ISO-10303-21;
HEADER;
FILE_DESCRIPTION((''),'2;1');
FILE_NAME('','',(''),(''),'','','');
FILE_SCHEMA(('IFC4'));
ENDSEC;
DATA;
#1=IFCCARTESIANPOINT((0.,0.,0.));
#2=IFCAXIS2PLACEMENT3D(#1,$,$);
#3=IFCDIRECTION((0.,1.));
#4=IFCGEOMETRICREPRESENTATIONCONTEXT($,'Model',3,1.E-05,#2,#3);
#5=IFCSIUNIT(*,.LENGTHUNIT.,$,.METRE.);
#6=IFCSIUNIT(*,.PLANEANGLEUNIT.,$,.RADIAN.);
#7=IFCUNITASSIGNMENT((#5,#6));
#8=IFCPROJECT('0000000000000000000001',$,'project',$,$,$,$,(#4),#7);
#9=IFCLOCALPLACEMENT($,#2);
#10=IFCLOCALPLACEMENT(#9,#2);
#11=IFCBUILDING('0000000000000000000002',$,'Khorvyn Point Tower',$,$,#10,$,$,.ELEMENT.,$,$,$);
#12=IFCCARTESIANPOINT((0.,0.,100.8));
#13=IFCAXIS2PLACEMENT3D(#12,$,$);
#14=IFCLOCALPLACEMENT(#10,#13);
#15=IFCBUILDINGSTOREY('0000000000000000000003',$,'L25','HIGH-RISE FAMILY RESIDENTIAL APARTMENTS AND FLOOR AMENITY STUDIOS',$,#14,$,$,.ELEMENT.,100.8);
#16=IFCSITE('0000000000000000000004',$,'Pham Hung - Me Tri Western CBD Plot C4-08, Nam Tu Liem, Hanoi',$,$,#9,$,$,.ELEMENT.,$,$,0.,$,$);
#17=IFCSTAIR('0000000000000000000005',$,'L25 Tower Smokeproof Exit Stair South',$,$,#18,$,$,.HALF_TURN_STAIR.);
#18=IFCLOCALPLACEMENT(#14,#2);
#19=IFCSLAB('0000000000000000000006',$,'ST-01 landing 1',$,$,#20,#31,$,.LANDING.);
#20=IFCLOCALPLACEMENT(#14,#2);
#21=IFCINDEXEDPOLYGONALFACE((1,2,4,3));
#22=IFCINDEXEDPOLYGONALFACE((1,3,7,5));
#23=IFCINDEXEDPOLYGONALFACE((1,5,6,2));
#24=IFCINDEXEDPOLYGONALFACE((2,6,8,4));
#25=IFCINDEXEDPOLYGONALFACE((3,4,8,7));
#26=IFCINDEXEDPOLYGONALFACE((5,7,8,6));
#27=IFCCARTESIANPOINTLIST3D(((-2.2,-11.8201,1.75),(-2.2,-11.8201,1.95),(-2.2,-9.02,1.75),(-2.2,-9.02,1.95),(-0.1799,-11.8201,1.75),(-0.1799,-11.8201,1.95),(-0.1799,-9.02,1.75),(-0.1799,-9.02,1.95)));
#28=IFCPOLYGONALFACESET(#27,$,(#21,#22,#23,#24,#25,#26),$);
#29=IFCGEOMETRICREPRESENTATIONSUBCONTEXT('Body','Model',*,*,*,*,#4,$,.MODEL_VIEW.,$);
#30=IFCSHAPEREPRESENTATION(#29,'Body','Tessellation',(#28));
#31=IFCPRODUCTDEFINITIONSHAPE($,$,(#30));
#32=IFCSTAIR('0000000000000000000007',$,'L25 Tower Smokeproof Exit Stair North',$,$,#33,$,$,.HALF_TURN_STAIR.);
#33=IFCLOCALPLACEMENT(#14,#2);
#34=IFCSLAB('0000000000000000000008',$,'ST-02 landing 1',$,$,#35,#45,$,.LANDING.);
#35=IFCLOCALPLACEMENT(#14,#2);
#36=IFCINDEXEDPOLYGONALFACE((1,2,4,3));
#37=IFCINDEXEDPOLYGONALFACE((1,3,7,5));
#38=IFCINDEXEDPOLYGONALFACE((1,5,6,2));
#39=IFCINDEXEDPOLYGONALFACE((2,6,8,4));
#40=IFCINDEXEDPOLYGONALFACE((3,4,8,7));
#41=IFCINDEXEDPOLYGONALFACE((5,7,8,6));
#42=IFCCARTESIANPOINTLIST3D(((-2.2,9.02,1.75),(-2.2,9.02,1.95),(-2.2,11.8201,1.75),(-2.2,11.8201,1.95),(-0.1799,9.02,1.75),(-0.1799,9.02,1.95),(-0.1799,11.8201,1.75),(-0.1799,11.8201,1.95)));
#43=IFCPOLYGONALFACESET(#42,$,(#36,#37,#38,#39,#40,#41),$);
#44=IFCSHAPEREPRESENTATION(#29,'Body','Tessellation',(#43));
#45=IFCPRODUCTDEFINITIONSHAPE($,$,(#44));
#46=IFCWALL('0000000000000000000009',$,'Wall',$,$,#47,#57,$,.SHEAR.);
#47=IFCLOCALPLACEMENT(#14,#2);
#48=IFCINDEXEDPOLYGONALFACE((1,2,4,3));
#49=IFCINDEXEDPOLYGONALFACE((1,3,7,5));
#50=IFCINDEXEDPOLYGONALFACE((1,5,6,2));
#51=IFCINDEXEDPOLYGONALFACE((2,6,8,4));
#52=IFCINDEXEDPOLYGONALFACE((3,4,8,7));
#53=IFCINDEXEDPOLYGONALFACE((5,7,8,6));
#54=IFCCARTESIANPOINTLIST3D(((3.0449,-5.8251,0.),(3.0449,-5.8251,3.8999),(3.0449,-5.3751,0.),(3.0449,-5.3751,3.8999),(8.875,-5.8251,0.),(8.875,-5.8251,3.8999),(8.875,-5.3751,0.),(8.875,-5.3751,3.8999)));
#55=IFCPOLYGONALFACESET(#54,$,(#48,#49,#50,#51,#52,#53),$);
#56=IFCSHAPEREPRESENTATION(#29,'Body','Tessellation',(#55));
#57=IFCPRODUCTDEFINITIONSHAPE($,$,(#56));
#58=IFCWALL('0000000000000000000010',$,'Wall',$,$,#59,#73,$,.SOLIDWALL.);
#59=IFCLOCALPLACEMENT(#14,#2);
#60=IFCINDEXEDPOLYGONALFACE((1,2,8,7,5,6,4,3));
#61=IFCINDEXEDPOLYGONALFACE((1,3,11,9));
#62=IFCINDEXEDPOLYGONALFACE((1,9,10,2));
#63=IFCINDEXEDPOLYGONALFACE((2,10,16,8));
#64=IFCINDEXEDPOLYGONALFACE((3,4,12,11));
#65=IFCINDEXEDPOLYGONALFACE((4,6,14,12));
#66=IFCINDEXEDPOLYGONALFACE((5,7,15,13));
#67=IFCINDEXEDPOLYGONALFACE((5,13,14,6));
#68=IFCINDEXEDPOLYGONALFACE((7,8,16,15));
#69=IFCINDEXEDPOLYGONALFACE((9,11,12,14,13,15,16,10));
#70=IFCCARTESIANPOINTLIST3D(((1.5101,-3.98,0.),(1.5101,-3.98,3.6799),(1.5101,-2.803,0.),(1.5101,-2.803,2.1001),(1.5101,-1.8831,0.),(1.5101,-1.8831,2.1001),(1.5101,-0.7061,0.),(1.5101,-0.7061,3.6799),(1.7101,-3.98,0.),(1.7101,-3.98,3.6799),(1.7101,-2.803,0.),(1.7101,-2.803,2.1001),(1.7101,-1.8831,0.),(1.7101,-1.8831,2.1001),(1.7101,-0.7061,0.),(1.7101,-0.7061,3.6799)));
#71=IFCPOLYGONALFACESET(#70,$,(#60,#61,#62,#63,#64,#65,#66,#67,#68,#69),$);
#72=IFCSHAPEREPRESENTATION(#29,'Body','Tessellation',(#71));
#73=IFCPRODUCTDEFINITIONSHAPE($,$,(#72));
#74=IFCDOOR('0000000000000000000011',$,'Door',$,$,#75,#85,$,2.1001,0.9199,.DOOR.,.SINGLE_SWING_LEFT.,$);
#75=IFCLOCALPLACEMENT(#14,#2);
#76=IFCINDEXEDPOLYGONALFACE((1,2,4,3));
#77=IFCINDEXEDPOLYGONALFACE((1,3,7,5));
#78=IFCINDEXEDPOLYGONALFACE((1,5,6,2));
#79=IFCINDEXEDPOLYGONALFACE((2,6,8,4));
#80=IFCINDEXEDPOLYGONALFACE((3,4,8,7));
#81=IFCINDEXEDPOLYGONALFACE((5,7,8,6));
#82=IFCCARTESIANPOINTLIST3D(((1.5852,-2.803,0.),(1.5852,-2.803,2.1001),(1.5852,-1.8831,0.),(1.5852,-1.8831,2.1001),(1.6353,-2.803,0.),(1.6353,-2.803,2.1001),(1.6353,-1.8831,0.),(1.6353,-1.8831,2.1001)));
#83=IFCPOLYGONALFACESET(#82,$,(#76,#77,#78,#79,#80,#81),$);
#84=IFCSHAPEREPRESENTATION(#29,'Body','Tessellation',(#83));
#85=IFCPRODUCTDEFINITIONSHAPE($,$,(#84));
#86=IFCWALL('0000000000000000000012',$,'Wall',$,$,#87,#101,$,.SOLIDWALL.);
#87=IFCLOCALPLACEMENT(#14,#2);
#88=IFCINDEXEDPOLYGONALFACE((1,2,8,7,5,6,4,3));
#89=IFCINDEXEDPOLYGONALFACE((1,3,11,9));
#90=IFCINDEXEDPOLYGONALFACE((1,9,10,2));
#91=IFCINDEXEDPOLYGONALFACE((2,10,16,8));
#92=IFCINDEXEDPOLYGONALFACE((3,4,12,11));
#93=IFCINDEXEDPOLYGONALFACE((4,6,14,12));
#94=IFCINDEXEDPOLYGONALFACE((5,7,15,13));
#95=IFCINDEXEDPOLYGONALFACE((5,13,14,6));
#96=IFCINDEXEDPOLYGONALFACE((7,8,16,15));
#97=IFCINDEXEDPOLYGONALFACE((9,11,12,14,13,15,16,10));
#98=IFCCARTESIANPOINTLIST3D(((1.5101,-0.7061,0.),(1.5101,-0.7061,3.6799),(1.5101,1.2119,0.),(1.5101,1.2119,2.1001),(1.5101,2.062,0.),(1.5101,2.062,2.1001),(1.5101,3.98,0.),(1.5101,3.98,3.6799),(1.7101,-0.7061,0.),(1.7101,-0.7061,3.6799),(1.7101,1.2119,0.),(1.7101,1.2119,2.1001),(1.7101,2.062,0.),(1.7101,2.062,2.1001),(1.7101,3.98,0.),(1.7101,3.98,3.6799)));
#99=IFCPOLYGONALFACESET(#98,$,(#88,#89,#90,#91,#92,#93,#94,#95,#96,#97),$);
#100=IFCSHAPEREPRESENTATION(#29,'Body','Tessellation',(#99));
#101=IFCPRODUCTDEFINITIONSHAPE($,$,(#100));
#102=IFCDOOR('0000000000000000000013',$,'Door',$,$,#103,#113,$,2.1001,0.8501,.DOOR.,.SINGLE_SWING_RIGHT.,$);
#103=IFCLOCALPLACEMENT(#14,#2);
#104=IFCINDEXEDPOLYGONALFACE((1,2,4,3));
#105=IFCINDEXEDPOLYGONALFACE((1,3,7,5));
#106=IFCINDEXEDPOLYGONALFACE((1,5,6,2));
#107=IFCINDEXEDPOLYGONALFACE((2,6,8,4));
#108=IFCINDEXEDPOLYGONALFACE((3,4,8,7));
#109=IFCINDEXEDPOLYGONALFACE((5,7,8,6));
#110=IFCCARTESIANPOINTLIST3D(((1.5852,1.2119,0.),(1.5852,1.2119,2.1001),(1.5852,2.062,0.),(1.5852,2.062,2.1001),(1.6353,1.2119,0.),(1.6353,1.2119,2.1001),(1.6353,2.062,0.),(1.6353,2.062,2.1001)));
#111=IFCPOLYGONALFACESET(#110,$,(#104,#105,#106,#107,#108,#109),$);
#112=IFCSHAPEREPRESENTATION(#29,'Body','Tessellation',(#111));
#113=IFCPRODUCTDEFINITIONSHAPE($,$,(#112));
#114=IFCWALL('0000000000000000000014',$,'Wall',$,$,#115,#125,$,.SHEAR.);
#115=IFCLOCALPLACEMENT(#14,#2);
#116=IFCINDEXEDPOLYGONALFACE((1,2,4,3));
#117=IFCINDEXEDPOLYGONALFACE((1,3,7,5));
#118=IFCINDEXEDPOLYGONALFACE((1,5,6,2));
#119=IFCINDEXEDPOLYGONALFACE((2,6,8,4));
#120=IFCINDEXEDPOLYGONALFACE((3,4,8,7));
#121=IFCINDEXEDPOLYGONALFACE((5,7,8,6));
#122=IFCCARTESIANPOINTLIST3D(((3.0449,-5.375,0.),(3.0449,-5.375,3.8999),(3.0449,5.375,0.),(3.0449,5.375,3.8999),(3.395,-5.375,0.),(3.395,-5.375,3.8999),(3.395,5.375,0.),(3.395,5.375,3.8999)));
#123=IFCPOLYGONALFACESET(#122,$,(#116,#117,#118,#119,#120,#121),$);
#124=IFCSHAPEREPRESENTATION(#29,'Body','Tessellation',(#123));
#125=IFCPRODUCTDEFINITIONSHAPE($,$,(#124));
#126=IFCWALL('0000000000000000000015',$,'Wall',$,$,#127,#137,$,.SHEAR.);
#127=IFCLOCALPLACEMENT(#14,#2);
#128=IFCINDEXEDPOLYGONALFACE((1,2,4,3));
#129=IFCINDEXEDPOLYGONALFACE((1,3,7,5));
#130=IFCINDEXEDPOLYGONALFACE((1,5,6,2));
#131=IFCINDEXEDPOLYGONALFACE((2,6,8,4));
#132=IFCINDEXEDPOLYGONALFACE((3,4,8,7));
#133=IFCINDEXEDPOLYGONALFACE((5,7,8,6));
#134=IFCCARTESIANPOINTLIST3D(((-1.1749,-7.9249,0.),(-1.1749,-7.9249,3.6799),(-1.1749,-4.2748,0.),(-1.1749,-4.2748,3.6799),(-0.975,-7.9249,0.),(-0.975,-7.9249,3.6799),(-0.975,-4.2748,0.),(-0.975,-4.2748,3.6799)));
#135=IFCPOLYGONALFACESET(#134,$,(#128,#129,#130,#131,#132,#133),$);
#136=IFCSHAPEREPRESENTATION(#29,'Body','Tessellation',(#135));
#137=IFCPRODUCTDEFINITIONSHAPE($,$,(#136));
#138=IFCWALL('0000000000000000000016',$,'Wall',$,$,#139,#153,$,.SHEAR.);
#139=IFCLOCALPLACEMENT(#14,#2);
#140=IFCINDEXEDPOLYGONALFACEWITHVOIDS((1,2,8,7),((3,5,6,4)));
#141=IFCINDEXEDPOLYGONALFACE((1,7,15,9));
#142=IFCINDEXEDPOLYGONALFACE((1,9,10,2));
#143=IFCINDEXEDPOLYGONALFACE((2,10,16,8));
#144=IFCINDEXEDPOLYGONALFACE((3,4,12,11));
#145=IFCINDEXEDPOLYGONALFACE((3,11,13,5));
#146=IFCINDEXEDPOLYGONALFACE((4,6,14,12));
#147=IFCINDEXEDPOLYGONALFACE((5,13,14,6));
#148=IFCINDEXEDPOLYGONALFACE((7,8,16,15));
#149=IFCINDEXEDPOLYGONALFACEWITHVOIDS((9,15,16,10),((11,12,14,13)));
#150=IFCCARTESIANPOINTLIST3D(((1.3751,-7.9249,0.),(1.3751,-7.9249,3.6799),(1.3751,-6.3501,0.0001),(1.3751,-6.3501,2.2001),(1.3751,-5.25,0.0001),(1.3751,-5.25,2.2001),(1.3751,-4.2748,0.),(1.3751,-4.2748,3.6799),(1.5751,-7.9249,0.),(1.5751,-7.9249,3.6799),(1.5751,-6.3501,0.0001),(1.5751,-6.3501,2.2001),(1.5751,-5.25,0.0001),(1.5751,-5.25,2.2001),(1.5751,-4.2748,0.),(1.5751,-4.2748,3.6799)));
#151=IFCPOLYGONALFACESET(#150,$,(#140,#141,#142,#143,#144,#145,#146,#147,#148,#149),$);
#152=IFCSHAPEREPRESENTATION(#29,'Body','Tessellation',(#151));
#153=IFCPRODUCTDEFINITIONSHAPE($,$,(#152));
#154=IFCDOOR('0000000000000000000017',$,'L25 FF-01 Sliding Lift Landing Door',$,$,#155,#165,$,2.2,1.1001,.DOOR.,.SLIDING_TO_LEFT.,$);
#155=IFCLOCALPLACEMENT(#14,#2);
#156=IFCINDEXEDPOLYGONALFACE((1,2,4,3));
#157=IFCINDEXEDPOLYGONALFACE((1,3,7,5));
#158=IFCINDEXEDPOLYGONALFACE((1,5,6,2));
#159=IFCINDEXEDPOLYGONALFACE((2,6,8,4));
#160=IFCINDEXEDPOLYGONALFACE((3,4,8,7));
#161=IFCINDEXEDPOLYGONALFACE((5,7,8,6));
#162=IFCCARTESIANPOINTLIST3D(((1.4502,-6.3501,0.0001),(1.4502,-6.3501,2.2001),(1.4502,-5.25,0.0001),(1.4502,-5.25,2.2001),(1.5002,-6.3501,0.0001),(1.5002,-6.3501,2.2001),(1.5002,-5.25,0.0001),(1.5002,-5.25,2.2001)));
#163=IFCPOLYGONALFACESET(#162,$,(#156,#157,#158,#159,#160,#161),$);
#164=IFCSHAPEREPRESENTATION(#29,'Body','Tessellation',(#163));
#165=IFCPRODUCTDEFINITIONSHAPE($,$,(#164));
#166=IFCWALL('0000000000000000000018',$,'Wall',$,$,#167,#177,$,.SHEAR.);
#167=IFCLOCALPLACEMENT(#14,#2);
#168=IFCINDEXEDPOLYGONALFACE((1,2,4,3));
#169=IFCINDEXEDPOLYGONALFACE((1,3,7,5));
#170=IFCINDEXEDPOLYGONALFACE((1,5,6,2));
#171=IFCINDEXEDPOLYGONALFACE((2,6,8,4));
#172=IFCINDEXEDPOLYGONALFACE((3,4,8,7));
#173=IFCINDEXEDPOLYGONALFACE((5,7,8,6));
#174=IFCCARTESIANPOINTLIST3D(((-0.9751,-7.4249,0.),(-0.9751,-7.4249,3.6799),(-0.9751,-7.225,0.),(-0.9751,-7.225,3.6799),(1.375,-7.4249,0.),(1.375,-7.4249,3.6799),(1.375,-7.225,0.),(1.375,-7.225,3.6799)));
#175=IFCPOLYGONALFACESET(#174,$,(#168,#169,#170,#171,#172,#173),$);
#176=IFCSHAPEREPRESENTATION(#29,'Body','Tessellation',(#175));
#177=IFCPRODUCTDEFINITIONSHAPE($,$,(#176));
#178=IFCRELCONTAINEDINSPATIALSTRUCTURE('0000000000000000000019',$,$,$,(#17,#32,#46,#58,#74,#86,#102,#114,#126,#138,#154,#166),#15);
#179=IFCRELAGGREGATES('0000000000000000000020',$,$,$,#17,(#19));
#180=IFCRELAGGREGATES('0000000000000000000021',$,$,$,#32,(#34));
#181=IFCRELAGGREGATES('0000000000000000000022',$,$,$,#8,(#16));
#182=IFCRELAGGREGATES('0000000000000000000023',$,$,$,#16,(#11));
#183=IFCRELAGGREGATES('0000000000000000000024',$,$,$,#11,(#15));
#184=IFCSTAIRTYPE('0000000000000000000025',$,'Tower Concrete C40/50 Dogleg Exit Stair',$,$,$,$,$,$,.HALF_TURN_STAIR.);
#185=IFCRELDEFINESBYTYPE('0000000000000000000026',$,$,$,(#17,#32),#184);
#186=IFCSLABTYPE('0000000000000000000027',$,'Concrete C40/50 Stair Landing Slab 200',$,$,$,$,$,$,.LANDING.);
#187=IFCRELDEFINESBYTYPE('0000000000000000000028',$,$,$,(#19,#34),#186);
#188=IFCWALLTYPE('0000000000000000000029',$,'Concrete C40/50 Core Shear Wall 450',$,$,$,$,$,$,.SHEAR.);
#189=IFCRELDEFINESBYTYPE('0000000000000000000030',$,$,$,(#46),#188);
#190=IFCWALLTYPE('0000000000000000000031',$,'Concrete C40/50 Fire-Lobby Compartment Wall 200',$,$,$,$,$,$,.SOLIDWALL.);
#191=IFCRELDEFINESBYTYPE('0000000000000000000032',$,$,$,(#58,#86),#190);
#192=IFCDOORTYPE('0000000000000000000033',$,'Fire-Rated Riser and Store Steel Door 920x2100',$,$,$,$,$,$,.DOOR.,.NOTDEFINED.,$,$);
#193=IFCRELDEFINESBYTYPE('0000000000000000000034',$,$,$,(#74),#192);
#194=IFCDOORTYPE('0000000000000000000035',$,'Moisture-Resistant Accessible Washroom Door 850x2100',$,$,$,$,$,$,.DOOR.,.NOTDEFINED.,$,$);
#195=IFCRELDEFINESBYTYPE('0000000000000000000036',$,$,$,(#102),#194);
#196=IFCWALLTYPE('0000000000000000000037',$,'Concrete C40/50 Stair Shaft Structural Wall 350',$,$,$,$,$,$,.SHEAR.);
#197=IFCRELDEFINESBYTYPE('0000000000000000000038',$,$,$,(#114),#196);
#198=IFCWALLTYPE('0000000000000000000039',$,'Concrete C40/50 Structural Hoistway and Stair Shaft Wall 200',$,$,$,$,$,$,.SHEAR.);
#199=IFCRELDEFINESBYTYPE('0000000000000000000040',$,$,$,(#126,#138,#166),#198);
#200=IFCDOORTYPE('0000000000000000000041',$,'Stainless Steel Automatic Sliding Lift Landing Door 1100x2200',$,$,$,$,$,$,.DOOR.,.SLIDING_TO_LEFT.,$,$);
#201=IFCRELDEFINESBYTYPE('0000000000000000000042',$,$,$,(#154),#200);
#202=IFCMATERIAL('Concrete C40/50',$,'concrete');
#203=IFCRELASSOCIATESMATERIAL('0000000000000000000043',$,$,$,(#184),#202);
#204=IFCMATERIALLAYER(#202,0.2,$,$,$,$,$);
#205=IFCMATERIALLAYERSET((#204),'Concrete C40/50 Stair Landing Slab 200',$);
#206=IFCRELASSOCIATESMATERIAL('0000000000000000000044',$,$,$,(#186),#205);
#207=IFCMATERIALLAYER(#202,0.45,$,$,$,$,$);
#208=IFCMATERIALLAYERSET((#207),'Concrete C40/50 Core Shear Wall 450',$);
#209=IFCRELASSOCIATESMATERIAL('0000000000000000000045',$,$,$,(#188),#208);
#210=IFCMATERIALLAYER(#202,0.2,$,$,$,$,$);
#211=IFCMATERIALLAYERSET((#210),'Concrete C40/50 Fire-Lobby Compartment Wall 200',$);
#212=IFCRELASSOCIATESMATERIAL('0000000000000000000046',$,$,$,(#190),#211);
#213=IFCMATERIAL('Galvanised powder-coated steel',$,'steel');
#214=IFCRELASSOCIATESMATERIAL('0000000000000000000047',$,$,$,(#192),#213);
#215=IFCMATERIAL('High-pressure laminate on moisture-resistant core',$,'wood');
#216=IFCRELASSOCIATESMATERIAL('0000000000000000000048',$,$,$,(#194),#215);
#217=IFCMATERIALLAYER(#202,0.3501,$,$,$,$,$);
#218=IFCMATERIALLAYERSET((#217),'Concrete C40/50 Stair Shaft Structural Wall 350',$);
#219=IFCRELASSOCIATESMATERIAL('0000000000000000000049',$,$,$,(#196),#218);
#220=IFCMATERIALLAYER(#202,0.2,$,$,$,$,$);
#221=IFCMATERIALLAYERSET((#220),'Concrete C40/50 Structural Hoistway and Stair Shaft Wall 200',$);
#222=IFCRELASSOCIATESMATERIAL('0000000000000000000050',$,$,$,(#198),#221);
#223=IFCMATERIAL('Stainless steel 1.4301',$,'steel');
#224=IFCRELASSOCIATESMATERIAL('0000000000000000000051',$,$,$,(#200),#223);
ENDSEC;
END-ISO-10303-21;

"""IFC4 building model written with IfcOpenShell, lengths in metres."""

from ifc_helpers import new_model, si_unit, direction, frame, frame_2d, origin, place, context, subcontext, project, spatial, polyline, rectangle, outline, extrude, material, layer, layer_set, type_object, element, fill, aggregate, save


model = new_model("IFC4")

# Units and contexts
model_context = context("Model", 3, precision=1e-05, world=origin(), true_north=direction((0.0, 1.0)))
body_context = subcontext(model_context, "Body", "Model", "MODEL_VIEW")
ifc_project = project(units=[si_unit("LENGTHUNIT", "METRE"), si_unit("PLANEANGLEUNIT", "RADIAN")], contexts=[model_context])

# Site, building, storey
site_placement = place(None, origin())
site = spatial("IfcSite", under=ifc_project, at=site_placement, Name="Pham Hung - Me Tri Western CBD Plot C4-08, Nam Tu Liem, Hanoi", CompositionType="ELEMENT", RefElevation=0.0)
building_placement = place(site_placement, origin())
building = spatial("IfcBuilding", under=site, at=building_placement, Name="Khorvyn Point Tower", CompositionType="ELEMENT")
storey_placement = place(building_placement, frame((0.0, 0.0, 100.8)))
storey = spatial("IfcBuildingStorey", under=building, at=storey_placement, Name="L25", Description="HIGH-RISE FAMILY RESIDENTIAL APARTMENTS AND FLOOR AMENITY STUDIOS", CompositionType="ELEMENT", Elevation=100.8)

# Shared definitions
ifc_material_1 = material(Name="Concrete C40/50", Category="concrete")

# Stairs, slabs
stair_type = type_object("IfcStairType", Name="Tower Concrete C40/50 Dogleg Exit Stair", PredefinedType="HALF_TURN_STAIR", material=ifc_material_1)
stair_1_placement = place(storey_placement, origin())
stair_1 = element("IfcStair", 1, at=stair_1_placement, inside=storey, type_object=stair_type, Name="L25 Tower Smokeproof Exit Stair South", PredefinedType="HALF_TURN_STAIR")
ifc_layer_1 = layer(ifc_material_1, 0.2)
ifc_layer_set_1 = layer_set([ifc_layer_1], Name="Concrete C40/50 Stair Landing Slab 200")
slab_type_1 = type_object("IfcSlabType", Name="Concrete C40/50 Stair Landing Slab 200", PredefinedType="LANDING", material=ifc_layer_set_1)
slab_1_placement = place(storey_placement, frame((0.0, 0.0, 1.75)))
slab_1 = element("IfcSlab", 2, at=slab_1_placement, type_object=slab_type_1, Name="ST-01 landing 1", PredefinedType="LANDING", context=body_context, shape_type="SweptSolid", body=[
    extrude(outline(polyline([(-0.1799, -9.02), (-2.2, -9.02), (-2.2, -11.8201), (-0.1799, -11.8201), (-0.1799, -9.02)])), origin(), (0.0, 0.0, 1.0), 0.2),
])
aggregate(stair_1, [slab_1])
stair_2_placement = place(storey_placement, origin())
stair_2 = element("IfcStair", 3, at=stair_2_placement, inside=storey, type_object=stair_type, Name="L25 Tower Smokeproof Exit Stair North", PredefinedType="HALF_TURN_STAIR")
slab_2_placement = place(storey_placement, frame((0.0, 0.0, 1.75)))
slab_2 = element("IfcSlab", 4, at=slab_2_placement, type_object=slab_type_1, Name="ST-02 landing 1", PredefinedType="LANDING", context=body_context, shape_type="SweptSolid", body=[
    extrude(outline(polyline([(-0.1799, 11.8201), (-2.2, 11.8201), (-2.2, 9.02), (-0.1799, 9.02), (-0.1799, 11.8201)])), origin(), (0.0, 0.0, 1.0), 0.2),
])
aggregate(stair_2, [slab_2])

# Wall
ifc_layer_2 = layer(ifc_material_1, 0.45)
ifc_layer_set_2 = layer_set([ifc_layer_2], Name="Concrete C40/50 Core Shear Wall 450")
wall_type_1 = type_object("IfcWallType", Name="Concrete C40/50 Core Shear Wall 450", PredefinedType="SHEAR", material=ifc_layer_set_2)
wall_1_placement = place(storey_placement, frame((3.0449, -5.6001, 0.0), z_axis=(0.0, 0.0, 1.0), x_axis=(1.0, 0.0, 0.0)))
element("IfcWall", 5, at=wall_1_placement, inside=storey, type_object=wall_type_1, Name="Wall", PredefinedType="SHEAR", context=body_context, shape_type="SweptSolid", body=[
    extrude(rectangle(XDim=5.8301, YDim=0.45, at=frame_2d((2.915, 0.0))), origin(), (0.0, 0.0, 1.0), 3.8999),
])

# Walls, openings, doors
ifc_layer_3 = layer(ifc_material_1, 0.2)
ifc_layer_set_3 = layer_set([ifc_layer_3], Name="Concrete C40/50 Fire-Lobby Compartment Wall 200")
wall_type_2 = type_object("IfcWallType", Name="Concrete C40/50 Fire-Lobby Compartment Wall 200", PredefinedType="SOLIDWALL", material=ifc_layer_set_3)
ifc_material_2 = material(Name="Galvanised powder-coated steel", Category="steel")
wall_2_placement = place(storey_placement, frame((1.6101, -3.98, 0.0), z_axis=(0.0, 0.0, 1.0), x_axis=(0.0, 1.0, 0.0)))
wall_2 = element("IfcWall", 6, at=wall_2_placement, inside=storey, type_object=wall_type_2, Name="Wall", PredefinedType="SOLIDWALL", context=body_context, shape_type="SweptSolid", body=[
    extrude(rectangle(XDim=3.2739, YDim=0.2, at=frame_2d((1.637, 0.0))), origin(), (0.0, 0.0, 1.0), 3.6799),
])
opening_1_placement = place(wall_2_placement, frame((1.177, 0.0, 0.0)))
opening_1 = element("IfcOpeningElement", 7, at=opening_1_placement, cuts=wall_2, PredefinedType="OPENING", context=body_context, shape_type="SweptSolid", body=[
    extrude(rectangle(XDim=0.9199, YDim=2.1001, at=frame_2d((0.46, 1.05))), frame((0.0, 0.1099, 0.0), z_axis=(0.0, -1.0, 0.0), x_axis=(1.0, 0.0, 0.0)), (0.0, 0.0, 1.0), 0.22),
])
door_type_1 = type_object("IfcDoorType", Name="Fire-Rated Riser and Store Steel Door 920x2100", OperationType="NOTDEFINED", PredefinedType="DOOR", material=ifc_material_2)
door_1_placement = place(opening_1_placement, origin())
door_1 = element("IfcDoor", 8, at=door_1_placement, inside=storey, type_object=door_type_1, Name="Door", OperationType="SINGLE_SWING_LEFT", OverallHeight=2.1001, OverallWidth=0.9199, PredefinedType="DOOR", context=body_context, shape_type="SweptSolid", body=[
    extrude(rectangle(XDim=0.9199, YDim=2.1001, at=frame_2d((0.46, 1.05))), frame((0.0, 0.0249, 0.0), z_axis=(0.0, -1.0, 0.0), x_axis=(1.0, 0.0, 0.0)), (0.0, 0.0, 1.0), 0.05),
])
fill(opening_1, door_1)
wall_3_placement = place(storey_placement, frame((1.6101, -0.7061, 0.0), z_axis=(0.0, 0.0, 1.0), x_axis=(0.0, 1.0, 0.0)))
wall_3 = element("IfcWall", 9, at=wall_3_placement, inside=storey, type_object=wall_type_2, Name="Wall", PredefinedType="SOLIDWALL", context=body_context, shape_type="SweptSolid", body=[
    extrude(rectangle(XDim=4.686, YDim=0.2, at=frame_2d((2.343, 0.0))), origin(), (0.0, 0.0, 1.0), 3.6799),
])
opening_2_placement = place(wall_3_placement, frame((1.918, 0.0, 0.0)))
opening_2 = element("IfcOpeningElement", 10, at=opening_2_placement, cuts=wall_3, PredefinedType="OPENING", context=body_context, shape_type="SweptSolid", body=[
    extrude(rectangle(XDim=0.8501, YDim=2.1001, at=frame_2d((0.425, 1.05))), frame((0.0, 0.1099, 0.0), z_axis=(0.0, -1.0, 0.0), x_axis=(1.0, 0.0, 0.0)), (0.0, 0.0, 1.0), 0.22),
])
ifc_material_3 = material(Name="High-pressure laminate on moisture-resistant core", Category="wood")
door_type_2 = type_object("IfcDoorType", Name="Moisture-Resistant Accessible Washroom Door 850x2100", OperationType="NOTDEFINED", PredefinedType="DOOR", material=ifc_material_3)
door_2_placement = place(opening_2_placement, origin())
door_2 = element("IfcDoor", 11, at=door_2_placement, inside=storey, type_object=door_type_2, Name="Door", OperationType="SINGLE_SWING_RIGHT", OverallHeight=2.1001, OverallWidth=0.8501, PredefinedType="DOOR", context=body_context, shape_type="SweptSolid", body=[
    extrude(rectangle(XDim=0.8501, YDim=2.1001, at=frame_2d((0.425, 1.05))), frame((0.0, 0.0249, 0.0), z_axis=(0.0, -1.0, 0.0), x_axis=(1.0, 0.0, 0.0)), (0.0, 0.0, 1.0), 0.05),
])
fill(opening_2, door_2)

# Wall
ifc_layer_4 = layer(ifc_material_1, 0.3501)
ifc_layer_set_4 = layer_set([ifc_layer_4], Name="Concrete C40/50 Stair Shaft Structural Wall 350")
wall_type_3 = type_object("IfcWallType", Name="Concrete C40/50 Stair Shaft Structural Wall 350", PredefinedType="SHEAR", material=ifc_layer_set_4)
wall_4_placement = place(storey_placement, frame((3.22, -5.375, 0.0), z_axis=(0.0, 0.0, 1.0), x_axis=(0.0, 1.0, 0.0)))
element("IfcWall", 12, at=wall_4_placement, inside=storey, type_object=wall_type_3, Name="Wall", PredefinedType="SHEAR", context=body_context, shape_type="SweptSolid", body=[
    extrude(rectangle(XDim=10.75, YDim=0.3501, at=frame_2d((5.375, 0.0))), origin(), (0.0, 0.0, 1.0), 3.8999),
])

# Wall
ifc_layer_5 = layer(ifc_material_1, 0.2)
ifc_layer_set_5 = layer_set([ifc_layer_5], Name="Concrete C40/50 Structural Hoistway and Stair Shaft Wall 200")
wall_type_4 = type_object("IfcWallType", Name="Concrete C40/50 Structural Hoistway and Stair Shaft Wall 200", PredefinedType="SHEAR", material=ifc_layer_set_5)
wall_5_placement = place(storey_placement, frame((-1.075, -7.925, 0.0), z_axis=(0.0, 0.0, 1.0), x_axis=(0.0, 1.0, 0.0)))
element("IfcWall", 13, at=wall_5_placement, inside=storey, type_object=wall_type_4, Name="Wall", PredefinedType="SHEAR", context=body_context, shape_type="SweptSolid", body=[
    extrude(rectangle(XDim=3.6501, YDim=0.2, at=frame_2d((1.8252, 0.0))), origin(), (0.0, 0.0, 1.0), 3.6799),
])

# Wall, opening, door
wall_6_placement = place(storey_placement, frame((1.4751, -7.925, 0.0), z_axis=(0.0, 0.0, 1.0), x_axis=(0.0, 1.0, 0.0)))
wall_6 = element("IfcWall", 14, at=wall_6_placement, inside=storey, type_object=wall_type_4, Name="Wall", PredefinedType="SHEAR", context=body_context, shape_type="SweptSolid", body=[
    extrude(rectangle(XDim=3.6501, YDim=0.2, at=frame_2d((1.8252, 0.0))), origin(), (0.0, 0.0, 1.0), 3.6799),
])
opening_3_placement = place(wall_6_placement, frame((1.575, 0.0, 0.0)))
opening_3 = element("IfcOpeningElement", 15, at=opening_3_placement, cuts=wall_6, PredefinedType="OPENING", context=body_context, shape_type="SweptSolid", body=[
    extrude(rectangle(XDim=1.1001, YDim=2.2, at=frame_2d((0.55, 1.1001))), frame((0.0, 0.1099, 0.0), z_axis=(0.0, -1.0, 0.0), x_axis=(1.0, 0.0, 0.0)), (0.0, 0.0, 1.0), 0.22),
])
ifc_material_4 = material(Name="Stainless steel 1.4301", Category="steel")
door_type_3 = type_object("IfcDoorType", Name="Stainless Steel Automatic Sliding Lift Landing Door 1100x2200", OperationType="SLIDING_TO_LEFT", PredefinedType="DOOR", material=ifc_material_4)
door_3_placement = place(opening_3_placement, origin())
door_3 = element("IfcDoor", 16, at=door_3_placement, inside=storey, type_object=door_type_3, Name="L25 FF-01 Sliding Lift Landing Door", OperationType="SLIDING_TO_LEFT", OverallHeight=2.2, OverallWidth=1.1001, PredefinedType="DOOR", context=body_context, shape_type="SweptSolid", body=[
    extrude(rectangle(XDim=1.1001, YDim=2.2, at=frame_2d((0.55, 1.1001))), frame((0.0, 0.0249, 0.0), z_axis=(0.0, -1.0, 0.0), x_axis=(1.0, 0.0, 0.0)), (0.0, 0.0, 1.0), 0.05),
])
fill(opening_3, door_3)

# Wall
for number, where, z_axis, x_axis, name in (
    (17, (-0.9751, -7.325, 0.0), (0.0, 0.0, 1.0), (1.0, 0.0, 0.0), "Wall"),
):
    element("IfcWall", number, at=place(storey_placement, frame(where, z_axis=z_axis, x_axis=x_axis)), inside=storey, type_object=wall_type_4, Name=name, PredefinedType="SHEAR", context=body_context, shape_type="SweptSolid", body=[
        extrude(rectangle(XDim=2.3501, YDim=0.2, at=frame_2d((1.175, 0.0))), origin(), (0.0, 0.0, 1.0), 3.6799),
    ])

save(model, "model.ifc")
